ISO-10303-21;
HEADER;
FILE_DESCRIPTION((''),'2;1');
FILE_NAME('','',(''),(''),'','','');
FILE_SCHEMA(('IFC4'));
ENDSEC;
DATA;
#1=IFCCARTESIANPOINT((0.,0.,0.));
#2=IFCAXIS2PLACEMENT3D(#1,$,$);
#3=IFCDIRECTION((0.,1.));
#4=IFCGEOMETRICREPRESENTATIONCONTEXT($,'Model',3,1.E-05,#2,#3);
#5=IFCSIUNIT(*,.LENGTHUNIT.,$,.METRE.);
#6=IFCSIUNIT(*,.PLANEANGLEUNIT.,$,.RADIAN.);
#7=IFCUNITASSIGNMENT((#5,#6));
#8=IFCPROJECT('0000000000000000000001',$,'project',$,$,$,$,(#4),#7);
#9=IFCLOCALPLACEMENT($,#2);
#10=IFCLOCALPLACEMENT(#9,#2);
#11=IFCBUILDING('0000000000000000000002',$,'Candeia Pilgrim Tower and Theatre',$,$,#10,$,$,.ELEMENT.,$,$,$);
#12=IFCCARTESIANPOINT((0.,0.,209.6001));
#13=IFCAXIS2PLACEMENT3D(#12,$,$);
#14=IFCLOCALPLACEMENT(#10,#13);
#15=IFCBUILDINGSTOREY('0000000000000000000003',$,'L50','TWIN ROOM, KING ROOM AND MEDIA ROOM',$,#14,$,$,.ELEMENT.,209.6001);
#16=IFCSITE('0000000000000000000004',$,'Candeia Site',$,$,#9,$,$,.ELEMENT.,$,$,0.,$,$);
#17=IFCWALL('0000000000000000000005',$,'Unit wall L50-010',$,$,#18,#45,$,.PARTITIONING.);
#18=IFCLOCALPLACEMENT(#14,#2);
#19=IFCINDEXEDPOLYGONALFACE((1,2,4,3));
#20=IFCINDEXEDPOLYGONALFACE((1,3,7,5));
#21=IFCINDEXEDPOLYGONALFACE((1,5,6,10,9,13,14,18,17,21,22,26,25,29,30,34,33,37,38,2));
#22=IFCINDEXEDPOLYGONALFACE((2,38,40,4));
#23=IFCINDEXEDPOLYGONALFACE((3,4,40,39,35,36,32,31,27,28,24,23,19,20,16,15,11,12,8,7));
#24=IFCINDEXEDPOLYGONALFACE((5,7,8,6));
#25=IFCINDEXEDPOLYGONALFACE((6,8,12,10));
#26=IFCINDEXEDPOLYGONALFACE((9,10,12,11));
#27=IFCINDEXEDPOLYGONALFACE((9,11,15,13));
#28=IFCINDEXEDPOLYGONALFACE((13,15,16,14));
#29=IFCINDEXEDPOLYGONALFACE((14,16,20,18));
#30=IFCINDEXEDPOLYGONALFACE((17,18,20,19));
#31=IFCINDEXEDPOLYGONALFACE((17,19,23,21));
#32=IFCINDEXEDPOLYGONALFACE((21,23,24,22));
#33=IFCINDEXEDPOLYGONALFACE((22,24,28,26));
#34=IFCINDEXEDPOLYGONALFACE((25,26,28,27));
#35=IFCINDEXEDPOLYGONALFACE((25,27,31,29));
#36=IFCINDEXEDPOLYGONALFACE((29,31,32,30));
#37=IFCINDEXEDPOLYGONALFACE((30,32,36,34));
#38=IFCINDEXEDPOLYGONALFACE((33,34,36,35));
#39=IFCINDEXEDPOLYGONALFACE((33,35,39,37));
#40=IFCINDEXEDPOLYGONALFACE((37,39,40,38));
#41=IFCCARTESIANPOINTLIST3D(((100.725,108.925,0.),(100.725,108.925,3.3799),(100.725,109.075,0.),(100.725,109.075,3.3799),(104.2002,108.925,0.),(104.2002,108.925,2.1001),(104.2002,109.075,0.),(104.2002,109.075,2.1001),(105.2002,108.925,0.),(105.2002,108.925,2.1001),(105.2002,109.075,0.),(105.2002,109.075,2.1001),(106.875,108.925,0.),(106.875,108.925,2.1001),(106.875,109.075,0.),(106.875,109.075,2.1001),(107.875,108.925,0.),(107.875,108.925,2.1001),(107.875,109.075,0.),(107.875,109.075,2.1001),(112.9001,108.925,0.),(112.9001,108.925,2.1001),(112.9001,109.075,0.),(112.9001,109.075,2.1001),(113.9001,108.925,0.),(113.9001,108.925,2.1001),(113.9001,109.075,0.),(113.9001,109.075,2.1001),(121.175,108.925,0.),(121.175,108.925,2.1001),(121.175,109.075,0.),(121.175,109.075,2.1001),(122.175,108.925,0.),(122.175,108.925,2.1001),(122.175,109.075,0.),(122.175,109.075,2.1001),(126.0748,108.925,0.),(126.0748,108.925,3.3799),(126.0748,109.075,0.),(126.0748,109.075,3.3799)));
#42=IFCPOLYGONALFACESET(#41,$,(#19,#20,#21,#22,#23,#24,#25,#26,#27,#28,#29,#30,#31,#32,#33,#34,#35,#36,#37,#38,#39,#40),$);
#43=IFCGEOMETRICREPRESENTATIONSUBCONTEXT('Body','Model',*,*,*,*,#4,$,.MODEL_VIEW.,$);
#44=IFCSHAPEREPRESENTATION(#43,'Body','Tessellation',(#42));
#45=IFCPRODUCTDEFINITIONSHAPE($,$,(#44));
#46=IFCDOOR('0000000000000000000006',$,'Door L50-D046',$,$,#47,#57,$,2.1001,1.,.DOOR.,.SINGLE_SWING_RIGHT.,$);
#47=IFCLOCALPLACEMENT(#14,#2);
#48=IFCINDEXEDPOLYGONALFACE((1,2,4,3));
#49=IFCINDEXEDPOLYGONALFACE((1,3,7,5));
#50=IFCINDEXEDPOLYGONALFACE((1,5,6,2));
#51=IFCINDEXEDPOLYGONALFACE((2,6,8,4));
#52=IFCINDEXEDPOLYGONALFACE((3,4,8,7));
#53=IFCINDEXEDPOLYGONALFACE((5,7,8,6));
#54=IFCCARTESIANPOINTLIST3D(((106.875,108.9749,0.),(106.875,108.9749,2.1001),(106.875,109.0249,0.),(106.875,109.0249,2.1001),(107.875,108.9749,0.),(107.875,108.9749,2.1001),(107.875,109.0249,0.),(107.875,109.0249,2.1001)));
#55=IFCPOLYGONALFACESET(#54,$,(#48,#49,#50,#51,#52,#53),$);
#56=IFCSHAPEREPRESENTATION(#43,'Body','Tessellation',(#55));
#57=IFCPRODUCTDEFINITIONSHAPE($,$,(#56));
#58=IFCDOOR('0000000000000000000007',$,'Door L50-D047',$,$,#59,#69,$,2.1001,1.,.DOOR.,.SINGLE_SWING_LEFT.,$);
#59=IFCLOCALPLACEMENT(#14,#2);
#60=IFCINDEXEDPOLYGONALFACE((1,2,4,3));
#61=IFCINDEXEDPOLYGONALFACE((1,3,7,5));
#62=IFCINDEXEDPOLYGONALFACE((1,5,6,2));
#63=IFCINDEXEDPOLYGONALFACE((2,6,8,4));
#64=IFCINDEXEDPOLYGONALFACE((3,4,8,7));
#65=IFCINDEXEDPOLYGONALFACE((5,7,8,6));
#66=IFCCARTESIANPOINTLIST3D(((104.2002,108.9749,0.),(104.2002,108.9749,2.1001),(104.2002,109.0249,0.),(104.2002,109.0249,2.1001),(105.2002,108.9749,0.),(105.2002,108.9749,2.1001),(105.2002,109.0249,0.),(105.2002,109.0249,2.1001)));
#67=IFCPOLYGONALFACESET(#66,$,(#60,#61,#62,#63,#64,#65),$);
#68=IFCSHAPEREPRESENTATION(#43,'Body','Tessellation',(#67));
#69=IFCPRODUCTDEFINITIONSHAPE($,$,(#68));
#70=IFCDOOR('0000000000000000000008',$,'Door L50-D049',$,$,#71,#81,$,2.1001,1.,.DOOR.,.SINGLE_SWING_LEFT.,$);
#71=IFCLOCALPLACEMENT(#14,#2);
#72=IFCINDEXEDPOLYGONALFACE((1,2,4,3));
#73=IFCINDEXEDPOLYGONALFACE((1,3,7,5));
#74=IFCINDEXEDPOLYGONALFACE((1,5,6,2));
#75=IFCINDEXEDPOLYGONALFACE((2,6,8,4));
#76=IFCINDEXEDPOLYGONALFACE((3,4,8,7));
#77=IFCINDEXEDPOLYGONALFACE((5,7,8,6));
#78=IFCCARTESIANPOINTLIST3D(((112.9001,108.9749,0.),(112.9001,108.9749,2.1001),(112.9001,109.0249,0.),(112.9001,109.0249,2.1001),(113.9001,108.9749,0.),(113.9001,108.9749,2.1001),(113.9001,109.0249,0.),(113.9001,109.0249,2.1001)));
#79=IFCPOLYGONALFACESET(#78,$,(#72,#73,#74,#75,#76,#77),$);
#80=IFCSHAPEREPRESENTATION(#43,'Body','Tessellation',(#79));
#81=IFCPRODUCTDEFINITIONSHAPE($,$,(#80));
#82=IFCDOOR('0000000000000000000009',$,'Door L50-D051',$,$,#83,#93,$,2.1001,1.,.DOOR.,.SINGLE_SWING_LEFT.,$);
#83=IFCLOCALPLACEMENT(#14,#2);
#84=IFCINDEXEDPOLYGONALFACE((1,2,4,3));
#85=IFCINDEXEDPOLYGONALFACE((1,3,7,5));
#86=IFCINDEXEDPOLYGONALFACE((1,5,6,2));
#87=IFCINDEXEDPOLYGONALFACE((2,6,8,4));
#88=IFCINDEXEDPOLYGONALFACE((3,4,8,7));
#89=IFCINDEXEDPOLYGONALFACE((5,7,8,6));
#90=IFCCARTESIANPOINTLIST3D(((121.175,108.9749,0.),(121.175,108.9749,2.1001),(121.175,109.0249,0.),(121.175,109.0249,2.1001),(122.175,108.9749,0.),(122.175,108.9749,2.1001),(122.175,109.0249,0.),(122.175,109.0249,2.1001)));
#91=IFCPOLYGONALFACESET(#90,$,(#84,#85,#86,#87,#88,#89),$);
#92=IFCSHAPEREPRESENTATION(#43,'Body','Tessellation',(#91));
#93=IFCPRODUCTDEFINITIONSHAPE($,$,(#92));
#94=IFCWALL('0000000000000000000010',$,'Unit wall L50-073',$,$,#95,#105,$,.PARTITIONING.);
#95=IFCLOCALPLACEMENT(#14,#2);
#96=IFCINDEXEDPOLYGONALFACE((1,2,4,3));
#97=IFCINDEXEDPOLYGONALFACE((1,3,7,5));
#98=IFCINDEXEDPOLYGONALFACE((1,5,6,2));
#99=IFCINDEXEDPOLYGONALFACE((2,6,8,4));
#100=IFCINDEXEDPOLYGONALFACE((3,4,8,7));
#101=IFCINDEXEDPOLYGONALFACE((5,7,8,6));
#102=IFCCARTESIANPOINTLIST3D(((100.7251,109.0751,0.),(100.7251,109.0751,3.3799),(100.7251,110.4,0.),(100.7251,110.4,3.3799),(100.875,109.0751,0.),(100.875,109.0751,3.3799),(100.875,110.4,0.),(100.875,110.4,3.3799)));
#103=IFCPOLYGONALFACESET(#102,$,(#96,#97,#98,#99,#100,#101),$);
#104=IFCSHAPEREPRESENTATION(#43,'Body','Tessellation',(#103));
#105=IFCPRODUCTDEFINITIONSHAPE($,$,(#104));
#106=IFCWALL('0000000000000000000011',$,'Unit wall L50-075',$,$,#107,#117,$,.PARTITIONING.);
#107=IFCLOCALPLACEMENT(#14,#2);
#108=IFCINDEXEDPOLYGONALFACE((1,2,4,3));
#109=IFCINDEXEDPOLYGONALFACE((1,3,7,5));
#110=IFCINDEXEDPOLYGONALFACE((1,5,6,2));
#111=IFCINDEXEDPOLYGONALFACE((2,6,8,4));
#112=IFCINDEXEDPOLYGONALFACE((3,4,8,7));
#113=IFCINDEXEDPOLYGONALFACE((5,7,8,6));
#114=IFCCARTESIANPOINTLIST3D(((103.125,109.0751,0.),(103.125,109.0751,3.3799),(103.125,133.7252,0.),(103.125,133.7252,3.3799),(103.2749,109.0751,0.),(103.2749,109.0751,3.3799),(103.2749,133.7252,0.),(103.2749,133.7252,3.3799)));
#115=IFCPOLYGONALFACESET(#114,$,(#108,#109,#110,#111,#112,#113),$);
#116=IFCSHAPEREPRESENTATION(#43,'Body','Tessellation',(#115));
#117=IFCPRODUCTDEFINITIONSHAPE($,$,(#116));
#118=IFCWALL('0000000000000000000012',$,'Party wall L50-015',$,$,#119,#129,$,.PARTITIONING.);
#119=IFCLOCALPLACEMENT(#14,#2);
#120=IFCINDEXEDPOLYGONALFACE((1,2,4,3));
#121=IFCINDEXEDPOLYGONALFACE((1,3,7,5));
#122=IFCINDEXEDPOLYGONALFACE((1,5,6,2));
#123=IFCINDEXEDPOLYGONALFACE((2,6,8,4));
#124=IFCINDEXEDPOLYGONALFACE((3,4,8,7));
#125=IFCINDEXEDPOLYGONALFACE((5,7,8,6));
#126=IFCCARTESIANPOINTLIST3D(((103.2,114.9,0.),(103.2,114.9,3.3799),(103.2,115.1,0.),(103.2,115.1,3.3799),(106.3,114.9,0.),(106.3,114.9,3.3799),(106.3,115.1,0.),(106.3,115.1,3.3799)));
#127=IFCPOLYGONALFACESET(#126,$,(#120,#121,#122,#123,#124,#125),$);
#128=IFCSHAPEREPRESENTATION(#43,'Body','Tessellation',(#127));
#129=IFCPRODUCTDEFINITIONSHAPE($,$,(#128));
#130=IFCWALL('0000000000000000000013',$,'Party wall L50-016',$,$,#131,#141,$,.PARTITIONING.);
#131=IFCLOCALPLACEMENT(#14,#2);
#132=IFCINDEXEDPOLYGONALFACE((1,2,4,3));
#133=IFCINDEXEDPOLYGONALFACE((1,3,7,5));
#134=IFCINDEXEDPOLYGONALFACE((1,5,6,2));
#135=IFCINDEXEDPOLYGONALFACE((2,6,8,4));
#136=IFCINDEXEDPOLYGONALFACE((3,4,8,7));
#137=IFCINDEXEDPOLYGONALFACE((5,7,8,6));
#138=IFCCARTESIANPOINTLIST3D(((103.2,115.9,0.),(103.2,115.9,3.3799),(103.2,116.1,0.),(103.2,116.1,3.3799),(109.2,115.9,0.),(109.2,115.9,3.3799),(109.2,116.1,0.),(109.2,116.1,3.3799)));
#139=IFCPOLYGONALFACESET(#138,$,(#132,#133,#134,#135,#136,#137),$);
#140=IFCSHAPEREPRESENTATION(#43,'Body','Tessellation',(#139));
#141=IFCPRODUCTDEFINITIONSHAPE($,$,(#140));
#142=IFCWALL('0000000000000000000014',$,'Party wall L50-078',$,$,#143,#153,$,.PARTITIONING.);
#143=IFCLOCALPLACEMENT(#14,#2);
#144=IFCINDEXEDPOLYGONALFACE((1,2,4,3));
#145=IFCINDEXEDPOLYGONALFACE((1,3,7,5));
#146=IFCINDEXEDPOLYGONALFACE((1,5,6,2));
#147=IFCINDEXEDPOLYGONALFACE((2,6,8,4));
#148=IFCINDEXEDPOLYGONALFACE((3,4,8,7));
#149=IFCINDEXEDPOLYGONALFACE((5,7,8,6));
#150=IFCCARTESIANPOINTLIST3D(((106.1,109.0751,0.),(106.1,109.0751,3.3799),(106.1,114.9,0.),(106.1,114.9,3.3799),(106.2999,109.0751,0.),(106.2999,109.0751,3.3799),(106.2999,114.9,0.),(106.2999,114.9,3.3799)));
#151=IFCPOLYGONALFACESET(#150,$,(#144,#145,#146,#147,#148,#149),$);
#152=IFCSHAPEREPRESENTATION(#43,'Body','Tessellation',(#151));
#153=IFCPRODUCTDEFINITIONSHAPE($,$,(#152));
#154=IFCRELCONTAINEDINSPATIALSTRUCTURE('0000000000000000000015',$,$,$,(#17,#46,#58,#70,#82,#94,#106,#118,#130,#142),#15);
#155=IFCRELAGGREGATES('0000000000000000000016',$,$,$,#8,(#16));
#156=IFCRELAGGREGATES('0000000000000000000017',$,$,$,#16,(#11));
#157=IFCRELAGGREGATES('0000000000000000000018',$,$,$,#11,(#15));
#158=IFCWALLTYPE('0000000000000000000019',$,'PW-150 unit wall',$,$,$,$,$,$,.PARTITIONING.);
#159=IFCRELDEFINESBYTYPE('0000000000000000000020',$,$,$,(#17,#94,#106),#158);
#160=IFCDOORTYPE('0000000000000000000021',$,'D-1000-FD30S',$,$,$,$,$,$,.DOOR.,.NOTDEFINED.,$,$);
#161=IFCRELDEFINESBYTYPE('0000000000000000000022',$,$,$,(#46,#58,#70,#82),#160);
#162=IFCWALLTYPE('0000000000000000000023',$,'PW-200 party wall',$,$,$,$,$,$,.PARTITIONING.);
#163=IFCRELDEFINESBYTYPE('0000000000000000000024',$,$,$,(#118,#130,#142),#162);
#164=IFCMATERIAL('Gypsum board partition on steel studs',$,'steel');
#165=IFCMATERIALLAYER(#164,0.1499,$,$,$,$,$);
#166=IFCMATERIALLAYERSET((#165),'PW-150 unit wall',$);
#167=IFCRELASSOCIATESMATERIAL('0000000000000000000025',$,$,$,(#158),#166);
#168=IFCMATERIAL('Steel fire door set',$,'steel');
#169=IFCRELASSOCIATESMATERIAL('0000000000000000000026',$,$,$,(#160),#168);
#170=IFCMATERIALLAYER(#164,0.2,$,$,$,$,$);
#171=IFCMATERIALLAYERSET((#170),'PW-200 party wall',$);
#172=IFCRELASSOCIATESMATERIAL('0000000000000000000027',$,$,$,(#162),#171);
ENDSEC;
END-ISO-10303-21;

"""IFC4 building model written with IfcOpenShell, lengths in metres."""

from ifc_helpers import new_model, si_unit, direction, frame, frame_2d, origin, place, context, subcontext, project, spatial, rectangle, extrude, material, layer, layer_set, type_object, element, fill, save


model = new_model("IFC4")

# Units and contexts
model_context = context("Model", 3, precision=1e-05, world=origin(), true_north=direction((0.0, 1.0)))
body_context = subcontext(model_context, "Body", "Model", "MODEL_VIEW")
ifc_project = project(units=[si_unit("LENGTHUNIT", "METRE"), si_unit("PLANEANGLEUNIT", "RADIAN")], contexts=[model_context])

# Site, building, storey
site_placement = place(None, origin())
site = spatial("IfcSite", under=ifc_project, at=site_placement, Name="Candeia Site", CompositionType="ELEMENT", RefElevation=0.0)
building_placement = place(site_placement, origin())
building = spatial("IfcBuilding", under=site, at=building_placement, Name="Candeia Pilgrim Tower and Theatre", CompositionType="ELEMENT")
storey_placement = place(building_placement, frame((0.0, 0.0, 209.6001)))
storey = spatial("IfcBuildingStorey", under=building, at=storey_placement, Name="L50", Description="TWIN ROOM, KING ROOM AND MEDIA ROOM", CompositionType="ELEMENT", Elevation=209.6001)

# Shared definitions
ifc_material_1 = material(Name="Steel fire door set", Category="steel")

# Shared definitions
ifc_material_2 = material(Name="Gypsum board partition on steel studs", Category="steel")

# Wall, openings, doors
ifc_layer_1 = layer(ifc_material_2, 0.1499)
ifc_layer_set_1 = layer_set([ifc_layer_1], Name="PW-150 unit wall")
wall_type_1 = type_object("IfcWallType", Name="PW-150 unit wall", PredefinedType="PARTITIONING", material=ifc_layer_set_1)
wall_1_placement = place(storey_placement, frame((100.7251, 109.0, 0.0), z_axis=(0.0, 0.0, 1.0), x_axis=(1.0, 0.0, 0.0)))
wall_1 = element("IfcWall", 1, at=wall_1_placement, inside=storey, type_object=wall_type_1, Name="Unit wall L50-010", PredefinedType="PARTITIONING", context=body_context, shape_type="SweptSolid", body=[
    extrude(rectangle(XDim=25.3499, YDim=0.1499, at=frame_2d((12.6748, 0.0))), origin(), (0.0, 0.0, 1.0), 3.3799),
])
opening_1_placement = place(wall_1_placement, frame((6.1499, 0.0, 0.0)))
opening_1 = element("IfcOpeningElement", 2, at=opening_1_placement, cuts=wall_1, PredefinedType="OPENING", context=body_context, shape_type="SweptSolid", body=[
    extrude(rectangle(XDim=1.0, YDim=2.1001, at=frame_2d((0.5, 1.05))), frame((0.0, 0.085, 0.0), z_axis=(0.0, -1.0, 0.0), x_axis=(1.0, 0.0, 0.0)), (0.0, 0.0, 1.0), 0.1699),
])
opening_2_placement = place(wall_1_placement, frame((3.4751, 0.0, 0.0)))
opening_2 = element("IfcOpeningElement", 3, at=opening_2_placement, cuts=wall_1, PredefinedType="OPENING", context=body_context, shape_type="SweptSolid", body=[
    extrude(rectangle(XDim=1.0, YDim=2.1001, at=frame_2d((0.5, 1.05))), frame((0.0, 0.085, 0.0), z_axis=(0.0, -1.0, 0.0), x_axis=(1.0, 0.0, 0.0)), (0.0, 0.0, 1.0), 0.1699),
])
opening_3_placement = place(wall_1_placement, frame((12.175, 0.0, 0.0)))
opening_3 = element("IfcOpeningElement", 4, at=opening_3_placement, cuts=wall_1, PredefinedType="OPENING", context=body_context, shape_type="SweptSolid", body=[
    extrude(rectangle(XDim=1.0, YDim=2.1001, at=frame_2d((0.5, 1.05))), frame((0.0, 0.085, 0.0), z_axis=(0.0, -1.0, 0.0), x_axis=(1.0, 0.0, 0.0)), (0.0, 0.0, 1.0), 0.1699),
])
opening_4_placement = place(wall_1_placement, frame((20.45, 0.0, 0.0)))
opening_4 = element("IfcOpeningElement", 5, at=opening_4_placement, cuts=wall_1, PredefinedType="OPENING", context=body_context, shape_type="SweptSolid", body=[
    extrude(rectangle(XDim=1.0, YDim=2.1001, at=frame_2d((0.5, 1.05))), frame((0.0, 0.085, 0.0), z_axis=(0.0, -1.0, 0.0), x_axis=(1.0, 0.0, 0.0)), (0.0, 0.0, 1.0), 0.1699),
])
door_type_1 = type_object("IfcDoorType", Name="D-1000-FD30S", OperationType="NOTDEFINED", PredefinedType="DOOR", material=ifc_material_1)
door_1_placement = place(opening_1_placement, origin())
door_1 = element("IfcDoor", 6, at=door_1_placement, inside=storey, type_object=door_type_1, Name="Door L50-D046", OperationType="SINGLE_SWING_RIGHT", OverallHeight=2.1001, OverallWidth=1.0, PredefinedType="DOOR", context=body_context, shape_type="SweptSolid", body=[
    extrude(rectangle(XDim=1.0, YDim=2.1001, at=frame_2d((0.5, 1.05))), frame((0.0, 0.0249, 0.0), z_axis=(0.0, -1.0, 0.0), x_axis=(1.0, 0.0, 0.0)), (0.0, 0.0, 1.0), 0.05),
])
fill(opening_1, door_1)
door_2_placement = place(opening_2_placement, origin())
door_2 = element("IfcDoor", 7, at=door_2_placement, inside=storey, type_object=door_type_1, Name="Door L50-D047", OperationType="SINGLE_SWING_LEFT", OverallHeight=2.1001, OverallWidth=1.0, PredefinedType="DOOR", context=body_context, shape_type="SweptSolid", body=[
    extrude(rectangle(XDim=1.0, YDim=2.1001, at=frame_2d((0.5, 1.05))), frame((0.0, 0.0249, 0.0), z_axis=(0.0, -1.0, 0.0), x_axis=(1.0, 0.0, 0.0)), (0.0, 0.0, 1.0), 0.05),
])
fill(opening_2, door_2)
door_3_placement = place(opening_3_placement, origin())
door_3 = element("IfcDoor", 8, at=door_3_placement, inside=storey, type_object=door_type_1, Name="Door L50-D049", OperationType="SINGLE_SWING_LEFT", OverallHeight=2.1001, OverallWidth=1.0, PredefinedType="DOOR", context=body_context, shape_type="SweptSolid", body=[
    extrude(rectangle(XDim=1.0, YDim=2.1001, at=frame_2d((0.5, 1.05))), frame((0.0, 0.0249, 0.0), z_axis=(0.0, -1.0, 0.0), x_axis=(1.0, 0.0, 0.0)), (0.0, 0.0, 1.0), 0.05),
])
fill(opening_3, door_3)
door_4_placement = place(opening_4_placement, origin())
door_4 = element("IfcDoor", 9, at=door_4_placement, inside=storey, type_object=door_type_1, Name="Door L50-D051", OperationType="SINGLE_SWING_LEFT", OverallHeight=2.1001, OverallWidth=1.0, PredefinedType="DOOR", context=body_context, shape_type="SweptSolid", body=[
    extrude(rectangle(XDim=1.0, YDim=2.1001, at=frame_2d((0.5, 1.05))), frame((0.0, 0.0249, 0.0), z_axis=(0.0, -1.0, 0.0), x_axis=(1.0, 0.0, 0.0)), (0.0, 0.0, 1.0), 0.05),
])
fill(opening_4, door_4)

# Walls
wall_2_placement = place(storey_placement, frame((100.8, 109.075, 0.0), z_axis=(0.0, 0.0, 1.0), x_axis=(0.0, 1.0, 0.0)))
element("IfcWall", 10, at=wall_2_placement, inside=storey, type_object=wall_type_1, Name="Unit wall L50-073", PredefinedType="PARTITIONING", context=body_context, shape_type="SweptSolid", body=[
    extrude(rectangle(XDim=1.325, YDim=0.1499, at=frame_2d((0.6626, 0.0))), origin(), (0.0, 0.0, 1.0), 3.3799),
])
wall_3_placement = place(storey_placement, frame((103.2, 109.075, 0.0), z_axis=(0.0, 0.0, 1.0), x_axis=(0.0, 1.0, 0.0)))
element("IfcWall", 11, at=wall_3_placement, inside=storey, type_object=wall_type_1, Name="Unit wall L50-075", PredefinedType="PARTITIONING", context=body_context, shape_type="SweptSolid", body=[
    extrude(rectangle(XDim=24.6501, YDim=0.1499, at=frame_2d((12.3252, 0.0))), origin(), (0.0, 0.0, 1.0), 3.3799),
])
ifc_layer_2 = layer(ifc_material_2, 0.2)
ifc_layer_set_2 = layer_set([ifc_layer_2], Name="PW-200 party wall")
wall_type_2 = type_object("IfcWallType", Name="PW-200 party wall", PredefinedType="PARTITIONING", material=ifc_layer_set_2)
wall_4_placement = place(storey_placement, frame((103.2, 115.0, 0.0), z_axis=(0.0, 0.0, 1.0), x_axis=(1.0, 0.0, 0.0)))
element("IfcWall", 12, at=wall_4_placement, inside=storey, type_object=wall_type_2, Name="Party wall L50-015", PredefinedType="PARTITIONING", context=body_context, shape_type="SweptSolid", body=[
    extrude(rectangle(XDim=3.1001, YDim=0.2, at=frame_2d((1.55, 0.0))), origin(), (0.0, 0.0, 1.0), 3.3799),
])
wall_5_placement = place(storey_placement, frame((103.2, 116.0, 0.0), z_axis=(0.0, 0.0, 1.0), x_axis=(1.0, 0.0, 0.0)))
element("IfcWall", 13, at=wall_5_placement, inside=storey, type_object=wall_type_2, Name="Party wall L50-016", PredefinedType="PARTITIONING", context=body_context, shape_type="SweptSolid", body=[
    extrude(rectangle(XDim=6.0, YDim=0.2, at=frame_2d((3.0, 0.0))), origin(), (0.0, 0.0, 1.0), 3.3799),
])
wall_6_placement = place(storey_placement, frame((106.2, 109.075, 0.0), z_axis=(0.0, 0.0, 1.0), x_axis=(0.0, 1.0, 0.0)))
element("IfcWall", 14, at=wall_6_placement, inside=storey, type_object=wall_type_2, Name="Party wall L50-078", PredefinedType="PARTITIONING", context=body_context, shape_type="SweptSolid", body=[
    extrude(rectangle(XDim=5.825, YDim=0.2, at=frame_2d((2.9126, 0.0))), origin(), (0.0, 0.0, 1.0), 3.3799),
])

save(model, "model.ifc")
